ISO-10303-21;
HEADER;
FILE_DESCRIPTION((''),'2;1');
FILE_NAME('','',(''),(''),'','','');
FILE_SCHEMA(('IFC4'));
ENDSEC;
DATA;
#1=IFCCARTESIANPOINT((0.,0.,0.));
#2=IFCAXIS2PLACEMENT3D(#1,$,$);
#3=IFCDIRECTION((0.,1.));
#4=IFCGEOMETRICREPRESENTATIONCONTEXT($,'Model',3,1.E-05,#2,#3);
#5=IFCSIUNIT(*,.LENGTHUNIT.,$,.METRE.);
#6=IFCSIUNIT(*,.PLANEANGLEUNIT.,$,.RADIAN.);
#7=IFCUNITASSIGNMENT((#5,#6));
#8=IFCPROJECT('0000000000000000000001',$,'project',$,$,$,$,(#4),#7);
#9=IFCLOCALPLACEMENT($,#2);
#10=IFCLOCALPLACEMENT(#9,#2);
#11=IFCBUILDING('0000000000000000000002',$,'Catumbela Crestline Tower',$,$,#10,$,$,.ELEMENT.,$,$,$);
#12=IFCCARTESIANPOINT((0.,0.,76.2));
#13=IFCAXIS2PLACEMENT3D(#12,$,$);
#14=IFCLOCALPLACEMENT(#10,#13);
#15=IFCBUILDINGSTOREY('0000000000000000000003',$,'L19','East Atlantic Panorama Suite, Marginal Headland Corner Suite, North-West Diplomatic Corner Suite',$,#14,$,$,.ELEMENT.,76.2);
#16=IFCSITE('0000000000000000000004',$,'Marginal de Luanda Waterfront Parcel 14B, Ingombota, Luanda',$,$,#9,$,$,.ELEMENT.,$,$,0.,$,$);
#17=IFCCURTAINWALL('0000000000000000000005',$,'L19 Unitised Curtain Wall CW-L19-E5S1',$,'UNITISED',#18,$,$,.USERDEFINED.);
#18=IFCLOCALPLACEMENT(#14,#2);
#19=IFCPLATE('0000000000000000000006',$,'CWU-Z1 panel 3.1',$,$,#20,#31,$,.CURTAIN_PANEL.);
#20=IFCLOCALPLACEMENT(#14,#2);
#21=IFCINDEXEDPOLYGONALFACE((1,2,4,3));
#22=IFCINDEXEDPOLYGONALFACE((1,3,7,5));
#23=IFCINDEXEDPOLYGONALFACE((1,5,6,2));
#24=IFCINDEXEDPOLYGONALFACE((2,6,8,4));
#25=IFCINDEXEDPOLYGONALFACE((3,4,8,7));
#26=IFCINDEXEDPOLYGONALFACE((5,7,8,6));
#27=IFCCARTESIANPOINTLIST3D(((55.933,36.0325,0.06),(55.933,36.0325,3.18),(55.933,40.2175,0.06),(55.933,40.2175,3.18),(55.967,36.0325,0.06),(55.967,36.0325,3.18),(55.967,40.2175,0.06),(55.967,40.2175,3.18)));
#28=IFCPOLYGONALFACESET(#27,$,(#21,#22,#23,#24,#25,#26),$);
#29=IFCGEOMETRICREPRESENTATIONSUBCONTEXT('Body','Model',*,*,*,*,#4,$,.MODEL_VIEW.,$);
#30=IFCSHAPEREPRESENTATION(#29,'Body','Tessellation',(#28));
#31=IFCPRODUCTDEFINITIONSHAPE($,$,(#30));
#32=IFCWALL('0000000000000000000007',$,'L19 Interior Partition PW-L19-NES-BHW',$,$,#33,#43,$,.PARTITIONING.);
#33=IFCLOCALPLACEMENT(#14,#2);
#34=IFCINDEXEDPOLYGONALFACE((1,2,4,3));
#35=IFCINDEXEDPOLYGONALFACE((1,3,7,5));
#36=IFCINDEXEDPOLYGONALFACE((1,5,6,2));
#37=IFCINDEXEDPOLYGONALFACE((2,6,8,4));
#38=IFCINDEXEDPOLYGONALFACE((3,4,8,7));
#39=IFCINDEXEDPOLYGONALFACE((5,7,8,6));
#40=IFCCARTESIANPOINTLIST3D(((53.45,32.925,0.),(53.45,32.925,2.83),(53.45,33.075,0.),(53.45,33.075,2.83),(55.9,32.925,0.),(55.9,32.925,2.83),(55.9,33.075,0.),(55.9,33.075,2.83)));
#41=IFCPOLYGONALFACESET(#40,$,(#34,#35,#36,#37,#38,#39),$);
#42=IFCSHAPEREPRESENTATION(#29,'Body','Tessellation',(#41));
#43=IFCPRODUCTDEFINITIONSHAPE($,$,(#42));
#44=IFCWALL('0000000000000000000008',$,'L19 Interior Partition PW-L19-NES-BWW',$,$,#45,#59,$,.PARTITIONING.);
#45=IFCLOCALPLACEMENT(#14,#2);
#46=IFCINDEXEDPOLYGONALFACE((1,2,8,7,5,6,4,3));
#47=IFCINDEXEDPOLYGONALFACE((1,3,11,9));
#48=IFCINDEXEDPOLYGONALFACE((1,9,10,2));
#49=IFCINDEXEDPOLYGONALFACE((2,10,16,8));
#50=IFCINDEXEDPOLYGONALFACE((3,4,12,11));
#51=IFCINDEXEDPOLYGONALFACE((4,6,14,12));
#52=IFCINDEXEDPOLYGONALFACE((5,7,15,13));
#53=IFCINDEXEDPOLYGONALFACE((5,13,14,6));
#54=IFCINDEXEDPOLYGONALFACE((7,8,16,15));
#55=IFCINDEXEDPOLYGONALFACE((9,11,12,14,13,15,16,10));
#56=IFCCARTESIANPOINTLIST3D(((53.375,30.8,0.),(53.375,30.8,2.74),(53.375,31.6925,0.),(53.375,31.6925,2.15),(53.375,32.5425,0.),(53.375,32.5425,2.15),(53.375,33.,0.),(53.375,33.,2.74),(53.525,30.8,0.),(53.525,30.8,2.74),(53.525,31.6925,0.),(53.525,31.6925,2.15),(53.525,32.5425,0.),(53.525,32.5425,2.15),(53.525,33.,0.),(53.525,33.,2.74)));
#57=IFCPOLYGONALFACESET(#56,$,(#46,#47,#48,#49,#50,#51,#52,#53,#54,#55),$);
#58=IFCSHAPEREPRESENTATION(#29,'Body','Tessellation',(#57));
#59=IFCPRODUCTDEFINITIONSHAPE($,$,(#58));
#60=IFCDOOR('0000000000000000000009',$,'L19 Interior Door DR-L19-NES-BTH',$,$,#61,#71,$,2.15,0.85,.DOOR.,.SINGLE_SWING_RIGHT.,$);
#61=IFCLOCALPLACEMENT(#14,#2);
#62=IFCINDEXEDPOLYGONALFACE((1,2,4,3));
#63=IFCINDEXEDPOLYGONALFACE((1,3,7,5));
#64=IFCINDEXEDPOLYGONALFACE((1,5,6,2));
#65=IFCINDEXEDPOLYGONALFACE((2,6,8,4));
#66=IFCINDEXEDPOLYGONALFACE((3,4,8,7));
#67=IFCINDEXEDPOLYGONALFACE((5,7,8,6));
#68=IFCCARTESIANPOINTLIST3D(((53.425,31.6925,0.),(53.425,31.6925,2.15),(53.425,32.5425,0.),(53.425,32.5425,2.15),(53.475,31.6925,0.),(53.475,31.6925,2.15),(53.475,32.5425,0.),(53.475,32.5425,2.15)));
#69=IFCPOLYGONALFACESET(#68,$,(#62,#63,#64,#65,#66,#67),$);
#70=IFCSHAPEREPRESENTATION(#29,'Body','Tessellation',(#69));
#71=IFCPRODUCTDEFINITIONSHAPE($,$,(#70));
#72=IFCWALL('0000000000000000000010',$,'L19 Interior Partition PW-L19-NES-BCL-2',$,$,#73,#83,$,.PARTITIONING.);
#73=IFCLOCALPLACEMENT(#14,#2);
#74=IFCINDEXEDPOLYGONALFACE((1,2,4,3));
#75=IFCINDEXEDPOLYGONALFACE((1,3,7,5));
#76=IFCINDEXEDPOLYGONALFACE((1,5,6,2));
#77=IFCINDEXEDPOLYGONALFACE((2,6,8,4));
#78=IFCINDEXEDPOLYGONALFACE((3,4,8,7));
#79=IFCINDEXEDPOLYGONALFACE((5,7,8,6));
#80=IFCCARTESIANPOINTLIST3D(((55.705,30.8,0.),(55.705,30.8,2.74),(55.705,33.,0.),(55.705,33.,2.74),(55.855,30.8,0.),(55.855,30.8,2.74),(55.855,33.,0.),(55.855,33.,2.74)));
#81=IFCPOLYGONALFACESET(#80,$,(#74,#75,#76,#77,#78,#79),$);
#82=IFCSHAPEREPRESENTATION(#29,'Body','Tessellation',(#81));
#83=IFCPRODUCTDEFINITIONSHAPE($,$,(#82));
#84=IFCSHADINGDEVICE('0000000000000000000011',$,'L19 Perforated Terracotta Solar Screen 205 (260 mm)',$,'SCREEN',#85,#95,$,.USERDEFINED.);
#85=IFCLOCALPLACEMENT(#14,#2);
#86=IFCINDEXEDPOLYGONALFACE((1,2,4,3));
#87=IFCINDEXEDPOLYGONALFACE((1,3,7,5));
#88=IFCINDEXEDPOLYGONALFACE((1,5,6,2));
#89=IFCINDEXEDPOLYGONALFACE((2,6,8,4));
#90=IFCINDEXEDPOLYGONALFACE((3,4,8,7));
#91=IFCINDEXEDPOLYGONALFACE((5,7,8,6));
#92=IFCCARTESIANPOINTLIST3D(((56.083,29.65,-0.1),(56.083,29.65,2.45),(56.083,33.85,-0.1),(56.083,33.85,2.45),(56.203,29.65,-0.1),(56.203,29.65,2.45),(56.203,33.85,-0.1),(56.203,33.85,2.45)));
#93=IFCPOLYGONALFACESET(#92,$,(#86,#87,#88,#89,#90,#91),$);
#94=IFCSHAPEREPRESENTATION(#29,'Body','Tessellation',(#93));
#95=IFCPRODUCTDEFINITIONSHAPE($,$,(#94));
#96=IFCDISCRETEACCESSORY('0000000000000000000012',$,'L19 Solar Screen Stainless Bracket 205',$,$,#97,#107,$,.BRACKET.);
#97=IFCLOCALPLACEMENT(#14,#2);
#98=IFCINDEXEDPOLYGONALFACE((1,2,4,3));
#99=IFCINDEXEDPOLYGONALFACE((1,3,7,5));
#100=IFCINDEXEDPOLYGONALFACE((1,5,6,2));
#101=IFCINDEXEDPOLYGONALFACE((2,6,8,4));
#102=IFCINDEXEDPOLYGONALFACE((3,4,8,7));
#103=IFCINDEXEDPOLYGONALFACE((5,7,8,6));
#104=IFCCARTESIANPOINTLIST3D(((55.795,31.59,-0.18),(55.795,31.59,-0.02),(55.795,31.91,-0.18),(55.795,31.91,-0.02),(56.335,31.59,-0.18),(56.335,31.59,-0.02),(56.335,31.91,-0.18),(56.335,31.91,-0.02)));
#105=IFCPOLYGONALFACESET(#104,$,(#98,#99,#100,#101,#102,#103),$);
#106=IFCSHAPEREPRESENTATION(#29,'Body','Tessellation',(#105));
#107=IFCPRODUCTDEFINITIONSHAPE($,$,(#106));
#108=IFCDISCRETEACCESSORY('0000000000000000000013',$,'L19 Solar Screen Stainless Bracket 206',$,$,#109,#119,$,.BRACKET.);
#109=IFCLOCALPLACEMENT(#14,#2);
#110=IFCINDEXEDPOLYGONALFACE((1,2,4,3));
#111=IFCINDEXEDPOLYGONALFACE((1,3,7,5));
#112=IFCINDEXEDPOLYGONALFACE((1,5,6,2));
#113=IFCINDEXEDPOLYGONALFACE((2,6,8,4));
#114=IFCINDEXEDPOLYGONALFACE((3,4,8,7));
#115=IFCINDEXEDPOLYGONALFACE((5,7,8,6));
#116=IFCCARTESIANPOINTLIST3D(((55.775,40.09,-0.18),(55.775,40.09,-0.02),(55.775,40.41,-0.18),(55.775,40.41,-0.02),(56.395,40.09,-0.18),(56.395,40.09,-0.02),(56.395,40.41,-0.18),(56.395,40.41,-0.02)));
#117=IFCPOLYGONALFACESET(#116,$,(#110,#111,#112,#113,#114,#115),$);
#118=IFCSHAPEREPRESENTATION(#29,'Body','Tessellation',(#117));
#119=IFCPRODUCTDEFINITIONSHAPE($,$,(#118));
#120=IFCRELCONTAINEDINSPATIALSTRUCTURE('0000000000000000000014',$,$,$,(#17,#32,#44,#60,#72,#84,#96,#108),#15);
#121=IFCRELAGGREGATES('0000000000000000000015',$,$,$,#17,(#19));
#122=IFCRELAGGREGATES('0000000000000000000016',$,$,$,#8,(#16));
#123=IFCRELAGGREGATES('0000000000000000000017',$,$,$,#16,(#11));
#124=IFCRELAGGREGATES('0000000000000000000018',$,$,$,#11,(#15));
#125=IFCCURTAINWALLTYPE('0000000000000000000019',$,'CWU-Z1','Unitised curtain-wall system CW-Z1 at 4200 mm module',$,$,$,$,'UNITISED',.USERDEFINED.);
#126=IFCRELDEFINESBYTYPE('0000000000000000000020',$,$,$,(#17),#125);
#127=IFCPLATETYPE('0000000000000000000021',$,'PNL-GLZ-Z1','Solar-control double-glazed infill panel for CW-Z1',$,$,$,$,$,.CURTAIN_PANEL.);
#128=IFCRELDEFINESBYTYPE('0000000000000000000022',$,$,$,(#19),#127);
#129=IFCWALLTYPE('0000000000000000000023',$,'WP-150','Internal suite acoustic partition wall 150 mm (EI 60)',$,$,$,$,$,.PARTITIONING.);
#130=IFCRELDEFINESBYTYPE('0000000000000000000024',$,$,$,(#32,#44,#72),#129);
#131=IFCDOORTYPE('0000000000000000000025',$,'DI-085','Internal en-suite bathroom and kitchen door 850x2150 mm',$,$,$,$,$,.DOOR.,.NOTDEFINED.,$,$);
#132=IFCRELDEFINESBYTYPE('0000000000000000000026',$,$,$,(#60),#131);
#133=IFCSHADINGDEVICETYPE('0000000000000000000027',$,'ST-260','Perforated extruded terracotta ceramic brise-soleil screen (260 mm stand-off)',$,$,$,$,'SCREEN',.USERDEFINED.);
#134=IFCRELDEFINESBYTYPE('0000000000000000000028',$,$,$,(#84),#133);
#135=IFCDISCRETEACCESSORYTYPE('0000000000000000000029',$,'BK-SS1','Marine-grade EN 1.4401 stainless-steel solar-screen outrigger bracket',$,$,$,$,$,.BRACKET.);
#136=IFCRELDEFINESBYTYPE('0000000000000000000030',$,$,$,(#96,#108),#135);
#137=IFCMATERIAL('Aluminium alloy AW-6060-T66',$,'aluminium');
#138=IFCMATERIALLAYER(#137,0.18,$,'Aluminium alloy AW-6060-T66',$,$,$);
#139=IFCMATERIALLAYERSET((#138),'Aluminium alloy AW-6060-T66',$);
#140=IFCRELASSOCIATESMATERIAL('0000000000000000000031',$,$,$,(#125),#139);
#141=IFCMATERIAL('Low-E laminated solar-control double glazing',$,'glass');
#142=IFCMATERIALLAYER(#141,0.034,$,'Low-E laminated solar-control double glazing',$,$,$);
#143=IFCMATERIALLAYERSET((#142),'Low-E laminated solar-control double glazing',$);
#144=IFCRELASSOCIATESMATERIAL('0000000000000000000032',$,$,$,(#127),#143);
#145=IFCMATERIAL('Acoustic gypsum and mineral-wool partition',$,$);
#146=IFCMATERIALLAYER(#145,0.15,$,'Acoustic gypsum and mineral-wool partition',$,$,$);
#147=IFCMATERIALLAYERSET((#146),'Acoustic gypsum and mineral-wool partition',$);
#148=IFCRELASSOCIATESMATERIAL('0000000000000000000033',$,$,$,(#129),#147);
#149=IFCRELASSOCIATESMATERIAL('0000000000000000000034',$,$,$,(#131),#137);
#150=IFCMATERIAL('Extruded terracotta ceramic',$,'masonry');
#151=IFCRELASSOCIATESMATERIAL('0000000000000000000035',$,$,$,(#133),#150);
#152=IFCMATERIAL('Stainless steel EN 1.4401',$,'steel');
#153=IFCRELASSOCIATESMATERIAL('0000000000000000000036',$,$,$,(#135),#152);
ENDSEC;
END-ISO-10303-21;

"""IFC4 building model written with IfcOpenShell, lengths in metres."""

from ifc_helpers import new_model, si_unit, direction, frame, frame_2d, origin, origin_2d, place, context, subcontext, project, spatial, rectangle, extrude, material, layer, layer_set, type_object, element, fill, aggregate, save


model = new_model("IFC4")

# Units and contexts
model_context = context("Model", 3, precision=1e-05, world=origin(), true_north=direction((0.0, 1.0)))
body_context = subcontext(model_context, "Body", "Model", "MODEL_VIEW")
ifc_project = project(units=[si_unit("LENGTHUNIT", "METRE"), si_unit("PLANEANGLEUNIT", "RADIAN")], contexts=[model_context])

# Site, building, storey
site_placement = place(None, origin())
site = spatial("IfcSite", under=ifc_project, at=site_placement, Name="Marginal de Luanda Waterfront Parcel 14B, Ingombota, Luanda", CompositionType="ELEMENT", RefElevation=0.0)
building_placement = place(site_placement, origin())
building = spatial("IfcBuilding", under=site, at=building_placement, Name="Catumbela Crestline Tower", CompositionType="ELEMENT")
storey_placement = place(building_placement, frame((0.0, 0.0, 76.2)))
storey = spatial("IfcBuildingStorey", under=building, at=storey_placement, Name="L19", Description="East Atlantic Panorama Suite, Marginal Headland Corner Suite, North-West Diplomatic Corner Suite", CompositionType="ELEMENT", Elevation=76.2)

# Curtain wall
ifc_material_1 = material(Name="Aluminium alloy AW-6060-T66", Category="aluminium")
ifc_layer_1 = layer(ifc_material_1, 0.18, Name="Aluminium alloy AW-6060-T66")
ifc_layer_set_1 = layer_set([ifc_layer_1], Name="Aluminium alloy AW-6060-T66")
curtain_wall_type = type_object("IfcCurtainWallType", Name="CWU-Z1", Description="Unitised curtain-wall system CW-Z1 at 4200 mm module", ElementType="UNITISED", PredefinedType="USERDEFINED", material=ifc_layer_set_1)
curtain_wall_placement = place(storey_placement, origin())
curtain_wall = element("IfcCurtainWall", 1, at=curtain_wall_placement, inside=storey, type_object=curtain_wall_type, Name="L19 Unitised Curtain Wall CW-L19-E5S1", ObjectType="UNITISED", PredefinedType="USERDEFINED")

# Plate
ifc_material_2 = material(Name="Low-E laminated solar-control double glazing", Category="glass")
ifc_layer_2 = layer(ifc_material_2, 0.034, Name="Low-E laminated solar-control double glazing")
ifc_layer_set_2 = layer_set([ifc_layer_2], Name="Low-E laminated solar-control double glazing")
plate_type = type_object("IfcPlateType", Name="PNL-GLZ-Z1", Description="Solar-control double-glazed infill panel for CW-Z1", PredefinedType="CURTAIN_PANEL", material=ifc_layer_set_2)
plate_1_placement = place(storey_placement, frame((55.95, 38.125, 0.06), z_axis=(0.0, 0.0, 1.0), x_axis=(0.0, 1.0, 0.0)))
plate_1 = element("IfcPlate", 2, at=plate_1_placement, type_object=plate_type, Name="CWU-Z1 panel 3.1", PredefinedType="CURTAIN_PANEL", context=body_context, shape_type="SweptSolid", body=[
    extrude(rectangle(XDim=4.185, YDim=0.034, at=origin_2d()), origin(), (0.0, 0.0, 1.0), 3.12),
])
aggregate(curtain_wall, [plate_1])

# Wall
ifc_material_3 = material(Name="Acoustic gypsum and mineral-wool partition")
ifc_layer_3 = layer(ifc_material_3, 0.15, Name="Acoustic gypsum and mineral-wool partition")
ifc_layer_set_3 = layer_set([ifc_layer_3], Name="Acoustic gypsum and mineral-wool partition")
wall_type = type_object("IfcWallType", Name="WP-150", Description="Internal suite acoustic partition wall 150 mm (EI 60)", PredefinedType="PARTITIONING", material=ifc_layer_set_3)
wall_1_placement = place(storey_placement, frame((53.45, 33.0, 0.0), z_axis=(0.0, 0.0, 1.0), x_axis=(1.0, 0.0, 0.0)))
element("IfcWall", 3, at=wall_1_placement, inside=storey, type_object=wall_type, Name="L19 Interior Partition PW-L19-NES-BHW", PredefinedType="PARTITIONING", context=body_context, shape_type="SweptSolid", body=[
    extrude(rectangle(XDim=2.45, YDim=0.15, at=frame_2d((1.225, 0.0))), origin(), (0.0, 0.0, 1.0), 2.83),
])

# Wall, opening, door
wall_2_placement = place(storey_placement, frame((53.45, 30.8, 0.0), z_axis=(0.0, 0.0, 1.0), x_axis=(0.0, 1.0, 0.0)))
wall_2 = element("IfcWall", 4, at=wall_2_placement, inside=storey, type_object=wall_type, Name="L19 Interior Partition PW-L19-NES-BWW", PredefinedType="PARTITIONING", context=body_context, shape_type="SweptSolid", body=[
    extrude(rectangle(XDim=2.2, YDim=0.15, at=frame_2d((1.1, 0.0))), origin(), (0.0, 0.0, 1.0), 2.74),
])
opening_placement = place(wall_2_placement, frame((0.8925, 0.0, 0.0)))
opening = element("IfcOpeningElement", 5, at=opening_placement, cuts=wall_2, PredefinedType="OPENING", context=body_context, shape_type="SweptSolid", body=[
    extrude(rectangle(XDim=0.85, YDim=2.15, at=frame_2d((0.425, 1.075))), frame((0.0, 0.085, 0.0), z_axis=(0.0, -1.0, 0.0), x_axis=(1.0, 0.0, 0.0)), (0.0, 0.0, 1.0), 0.17),
])
door_type = type_object("IfcDoorType", Name="DI-085", Description="Internal en-suite bathroom and kitchen door 850x2150 mm", OperationType="NOTDEFINED", PredefinedType="DOOR", material=ifc_material_1)
door_placement = place(opening_placement, origin())
door = element("IfcDoor", 6, at=door_placement, inside=storey, type_object=door_type, Name="L19 Interior Door DR-L19-NES-BTH", OperationType="SINGLE_SWING_RIGHT", OverallHeight=2.15, OverallWidth=0.85, PredefinedType="DOOR", context=body_context, shape_type="SweptSolid", body=[
    extrude(rectangle(XDim=0.85, YDim=2.15, at=frame_2d((0.425, 1.075))), frame((0.0, 0.025, 0.0), z_axis=(0.0, -1.0, 0.0), x_axis=(1.0, 0.0, 0.0)), (0.0, 0.0, 1.0), 0.05),
])
fill(opening, door)

# Wall
wall_3_placement = place(storey_placement, frame((55.78, 33.0, 0.0), z_axis=(0.0, 0.0, 1.0), x_axis=(0.0, -1.0, 0.0)))
element("IfcWall", 7, at=wall_3_placement, inside=storey, type_object=wall_type, Name="L19 Interior Partition PW-L19-NES-BCL-2", PredefinedType="PARTITIONING", context=body_context, shape_type="SweptSolid", body=[
    extrude(rectangle(XDim=2.2, YDim=0.15, at=frame_2d((1.1, 0.0))), origin(), (0.0, 0.0, 1.0), 2.74),
])

# Shading device
ifc_material_4 = material(Name="Extruded terracotta ceramic", Category="masonry")
shading_device_type = type_object("IfcShadingDeviceType", Name="ST-260", Description="Perforated extruded terracotta ceramic brise-soleil screen (260 mm stand-off)", ElementType="SCREEN", PredefinedType="USERDEFINED", material=ifc_material_4)
shading_device_placement = place(storey_placement, frame((56.143, 31.75, -0.1), z_axis=(0.0, 0.0, 1.0), x_axis=(0.0, 1.0, 0.0)))
element("IfcShadingDevice", 8, at=shading_device_placement, inside=storey, type_object=shading_device_type, Name="L19 Perforated Terracotta Solar Screen 205 (260 mm)", ObjectType="SCREEN", PredefinedType="USERDEFINED", context=body_context, shape_type="SweptSolid", body=[
    extrude(rectangle(XDim=4.2, YDim=0.12, at=origin_2d()), origin(), (0.0, 0.0, 1.0), 2.55),
])

# Discrete accessories
ifc_material_5 = material(Name="Stainless steel EN 1.4401", Category="steel")
discrete_accessory_type = type_object("IfcDiscreteAccessoryType", Name="BK-SS1", Description="Marine-grade EN 1.4401 stainless-steel solar-screen outrigger bracket", PredefinedType="BRACKET", material=ifc_material_5)
discrete_accessory_1_placement = place(storey_placement, frame((56.065, 31.75, -0.18), z_axis=(0.0, 0.0, 1.0), x_axis=(0.0, 1.0, 0.0)))
element("IfcDiscreteAccessory", 9, at=discrete_accessory_1_placement, inside=storey, type_object=discrete_accessory_type, Name="L19 Solar Screen Stainless Bracket 205", PredefinedType="BRACKET", context=body_context, shape_type="SweptSolid", body=[
    extrude(rectangle(XDim=0.32, YDim=0.54, at=origin_2d()), origin(), (0.0, 0.0, 1.0), 0.16),
])
discrete_accessory_2_placement = place(storey_placement, frame((56.085, 40.25, -0.18), z_axis=(0.0, 0.0, 1.0), x_axis=(0.0, 1.0, 0.0)))
element("IfcDiscreteAccessory", 10, at=discrete_accessory_2_placement, inside=storey, type_object=discrete_accessory_type, Name="L19 Solar Screen Stainless Bracket 206", PredefinedType="BRACKET", context=body_context, shape_type="SweptSolid", body=[
    extrude(rectangle(XDim=0.32, YDim=0.62, at=origin_2d()), origin(), (0.0, 0.0, 1.0), 0.16),
])

save(model, "model.ifc")
